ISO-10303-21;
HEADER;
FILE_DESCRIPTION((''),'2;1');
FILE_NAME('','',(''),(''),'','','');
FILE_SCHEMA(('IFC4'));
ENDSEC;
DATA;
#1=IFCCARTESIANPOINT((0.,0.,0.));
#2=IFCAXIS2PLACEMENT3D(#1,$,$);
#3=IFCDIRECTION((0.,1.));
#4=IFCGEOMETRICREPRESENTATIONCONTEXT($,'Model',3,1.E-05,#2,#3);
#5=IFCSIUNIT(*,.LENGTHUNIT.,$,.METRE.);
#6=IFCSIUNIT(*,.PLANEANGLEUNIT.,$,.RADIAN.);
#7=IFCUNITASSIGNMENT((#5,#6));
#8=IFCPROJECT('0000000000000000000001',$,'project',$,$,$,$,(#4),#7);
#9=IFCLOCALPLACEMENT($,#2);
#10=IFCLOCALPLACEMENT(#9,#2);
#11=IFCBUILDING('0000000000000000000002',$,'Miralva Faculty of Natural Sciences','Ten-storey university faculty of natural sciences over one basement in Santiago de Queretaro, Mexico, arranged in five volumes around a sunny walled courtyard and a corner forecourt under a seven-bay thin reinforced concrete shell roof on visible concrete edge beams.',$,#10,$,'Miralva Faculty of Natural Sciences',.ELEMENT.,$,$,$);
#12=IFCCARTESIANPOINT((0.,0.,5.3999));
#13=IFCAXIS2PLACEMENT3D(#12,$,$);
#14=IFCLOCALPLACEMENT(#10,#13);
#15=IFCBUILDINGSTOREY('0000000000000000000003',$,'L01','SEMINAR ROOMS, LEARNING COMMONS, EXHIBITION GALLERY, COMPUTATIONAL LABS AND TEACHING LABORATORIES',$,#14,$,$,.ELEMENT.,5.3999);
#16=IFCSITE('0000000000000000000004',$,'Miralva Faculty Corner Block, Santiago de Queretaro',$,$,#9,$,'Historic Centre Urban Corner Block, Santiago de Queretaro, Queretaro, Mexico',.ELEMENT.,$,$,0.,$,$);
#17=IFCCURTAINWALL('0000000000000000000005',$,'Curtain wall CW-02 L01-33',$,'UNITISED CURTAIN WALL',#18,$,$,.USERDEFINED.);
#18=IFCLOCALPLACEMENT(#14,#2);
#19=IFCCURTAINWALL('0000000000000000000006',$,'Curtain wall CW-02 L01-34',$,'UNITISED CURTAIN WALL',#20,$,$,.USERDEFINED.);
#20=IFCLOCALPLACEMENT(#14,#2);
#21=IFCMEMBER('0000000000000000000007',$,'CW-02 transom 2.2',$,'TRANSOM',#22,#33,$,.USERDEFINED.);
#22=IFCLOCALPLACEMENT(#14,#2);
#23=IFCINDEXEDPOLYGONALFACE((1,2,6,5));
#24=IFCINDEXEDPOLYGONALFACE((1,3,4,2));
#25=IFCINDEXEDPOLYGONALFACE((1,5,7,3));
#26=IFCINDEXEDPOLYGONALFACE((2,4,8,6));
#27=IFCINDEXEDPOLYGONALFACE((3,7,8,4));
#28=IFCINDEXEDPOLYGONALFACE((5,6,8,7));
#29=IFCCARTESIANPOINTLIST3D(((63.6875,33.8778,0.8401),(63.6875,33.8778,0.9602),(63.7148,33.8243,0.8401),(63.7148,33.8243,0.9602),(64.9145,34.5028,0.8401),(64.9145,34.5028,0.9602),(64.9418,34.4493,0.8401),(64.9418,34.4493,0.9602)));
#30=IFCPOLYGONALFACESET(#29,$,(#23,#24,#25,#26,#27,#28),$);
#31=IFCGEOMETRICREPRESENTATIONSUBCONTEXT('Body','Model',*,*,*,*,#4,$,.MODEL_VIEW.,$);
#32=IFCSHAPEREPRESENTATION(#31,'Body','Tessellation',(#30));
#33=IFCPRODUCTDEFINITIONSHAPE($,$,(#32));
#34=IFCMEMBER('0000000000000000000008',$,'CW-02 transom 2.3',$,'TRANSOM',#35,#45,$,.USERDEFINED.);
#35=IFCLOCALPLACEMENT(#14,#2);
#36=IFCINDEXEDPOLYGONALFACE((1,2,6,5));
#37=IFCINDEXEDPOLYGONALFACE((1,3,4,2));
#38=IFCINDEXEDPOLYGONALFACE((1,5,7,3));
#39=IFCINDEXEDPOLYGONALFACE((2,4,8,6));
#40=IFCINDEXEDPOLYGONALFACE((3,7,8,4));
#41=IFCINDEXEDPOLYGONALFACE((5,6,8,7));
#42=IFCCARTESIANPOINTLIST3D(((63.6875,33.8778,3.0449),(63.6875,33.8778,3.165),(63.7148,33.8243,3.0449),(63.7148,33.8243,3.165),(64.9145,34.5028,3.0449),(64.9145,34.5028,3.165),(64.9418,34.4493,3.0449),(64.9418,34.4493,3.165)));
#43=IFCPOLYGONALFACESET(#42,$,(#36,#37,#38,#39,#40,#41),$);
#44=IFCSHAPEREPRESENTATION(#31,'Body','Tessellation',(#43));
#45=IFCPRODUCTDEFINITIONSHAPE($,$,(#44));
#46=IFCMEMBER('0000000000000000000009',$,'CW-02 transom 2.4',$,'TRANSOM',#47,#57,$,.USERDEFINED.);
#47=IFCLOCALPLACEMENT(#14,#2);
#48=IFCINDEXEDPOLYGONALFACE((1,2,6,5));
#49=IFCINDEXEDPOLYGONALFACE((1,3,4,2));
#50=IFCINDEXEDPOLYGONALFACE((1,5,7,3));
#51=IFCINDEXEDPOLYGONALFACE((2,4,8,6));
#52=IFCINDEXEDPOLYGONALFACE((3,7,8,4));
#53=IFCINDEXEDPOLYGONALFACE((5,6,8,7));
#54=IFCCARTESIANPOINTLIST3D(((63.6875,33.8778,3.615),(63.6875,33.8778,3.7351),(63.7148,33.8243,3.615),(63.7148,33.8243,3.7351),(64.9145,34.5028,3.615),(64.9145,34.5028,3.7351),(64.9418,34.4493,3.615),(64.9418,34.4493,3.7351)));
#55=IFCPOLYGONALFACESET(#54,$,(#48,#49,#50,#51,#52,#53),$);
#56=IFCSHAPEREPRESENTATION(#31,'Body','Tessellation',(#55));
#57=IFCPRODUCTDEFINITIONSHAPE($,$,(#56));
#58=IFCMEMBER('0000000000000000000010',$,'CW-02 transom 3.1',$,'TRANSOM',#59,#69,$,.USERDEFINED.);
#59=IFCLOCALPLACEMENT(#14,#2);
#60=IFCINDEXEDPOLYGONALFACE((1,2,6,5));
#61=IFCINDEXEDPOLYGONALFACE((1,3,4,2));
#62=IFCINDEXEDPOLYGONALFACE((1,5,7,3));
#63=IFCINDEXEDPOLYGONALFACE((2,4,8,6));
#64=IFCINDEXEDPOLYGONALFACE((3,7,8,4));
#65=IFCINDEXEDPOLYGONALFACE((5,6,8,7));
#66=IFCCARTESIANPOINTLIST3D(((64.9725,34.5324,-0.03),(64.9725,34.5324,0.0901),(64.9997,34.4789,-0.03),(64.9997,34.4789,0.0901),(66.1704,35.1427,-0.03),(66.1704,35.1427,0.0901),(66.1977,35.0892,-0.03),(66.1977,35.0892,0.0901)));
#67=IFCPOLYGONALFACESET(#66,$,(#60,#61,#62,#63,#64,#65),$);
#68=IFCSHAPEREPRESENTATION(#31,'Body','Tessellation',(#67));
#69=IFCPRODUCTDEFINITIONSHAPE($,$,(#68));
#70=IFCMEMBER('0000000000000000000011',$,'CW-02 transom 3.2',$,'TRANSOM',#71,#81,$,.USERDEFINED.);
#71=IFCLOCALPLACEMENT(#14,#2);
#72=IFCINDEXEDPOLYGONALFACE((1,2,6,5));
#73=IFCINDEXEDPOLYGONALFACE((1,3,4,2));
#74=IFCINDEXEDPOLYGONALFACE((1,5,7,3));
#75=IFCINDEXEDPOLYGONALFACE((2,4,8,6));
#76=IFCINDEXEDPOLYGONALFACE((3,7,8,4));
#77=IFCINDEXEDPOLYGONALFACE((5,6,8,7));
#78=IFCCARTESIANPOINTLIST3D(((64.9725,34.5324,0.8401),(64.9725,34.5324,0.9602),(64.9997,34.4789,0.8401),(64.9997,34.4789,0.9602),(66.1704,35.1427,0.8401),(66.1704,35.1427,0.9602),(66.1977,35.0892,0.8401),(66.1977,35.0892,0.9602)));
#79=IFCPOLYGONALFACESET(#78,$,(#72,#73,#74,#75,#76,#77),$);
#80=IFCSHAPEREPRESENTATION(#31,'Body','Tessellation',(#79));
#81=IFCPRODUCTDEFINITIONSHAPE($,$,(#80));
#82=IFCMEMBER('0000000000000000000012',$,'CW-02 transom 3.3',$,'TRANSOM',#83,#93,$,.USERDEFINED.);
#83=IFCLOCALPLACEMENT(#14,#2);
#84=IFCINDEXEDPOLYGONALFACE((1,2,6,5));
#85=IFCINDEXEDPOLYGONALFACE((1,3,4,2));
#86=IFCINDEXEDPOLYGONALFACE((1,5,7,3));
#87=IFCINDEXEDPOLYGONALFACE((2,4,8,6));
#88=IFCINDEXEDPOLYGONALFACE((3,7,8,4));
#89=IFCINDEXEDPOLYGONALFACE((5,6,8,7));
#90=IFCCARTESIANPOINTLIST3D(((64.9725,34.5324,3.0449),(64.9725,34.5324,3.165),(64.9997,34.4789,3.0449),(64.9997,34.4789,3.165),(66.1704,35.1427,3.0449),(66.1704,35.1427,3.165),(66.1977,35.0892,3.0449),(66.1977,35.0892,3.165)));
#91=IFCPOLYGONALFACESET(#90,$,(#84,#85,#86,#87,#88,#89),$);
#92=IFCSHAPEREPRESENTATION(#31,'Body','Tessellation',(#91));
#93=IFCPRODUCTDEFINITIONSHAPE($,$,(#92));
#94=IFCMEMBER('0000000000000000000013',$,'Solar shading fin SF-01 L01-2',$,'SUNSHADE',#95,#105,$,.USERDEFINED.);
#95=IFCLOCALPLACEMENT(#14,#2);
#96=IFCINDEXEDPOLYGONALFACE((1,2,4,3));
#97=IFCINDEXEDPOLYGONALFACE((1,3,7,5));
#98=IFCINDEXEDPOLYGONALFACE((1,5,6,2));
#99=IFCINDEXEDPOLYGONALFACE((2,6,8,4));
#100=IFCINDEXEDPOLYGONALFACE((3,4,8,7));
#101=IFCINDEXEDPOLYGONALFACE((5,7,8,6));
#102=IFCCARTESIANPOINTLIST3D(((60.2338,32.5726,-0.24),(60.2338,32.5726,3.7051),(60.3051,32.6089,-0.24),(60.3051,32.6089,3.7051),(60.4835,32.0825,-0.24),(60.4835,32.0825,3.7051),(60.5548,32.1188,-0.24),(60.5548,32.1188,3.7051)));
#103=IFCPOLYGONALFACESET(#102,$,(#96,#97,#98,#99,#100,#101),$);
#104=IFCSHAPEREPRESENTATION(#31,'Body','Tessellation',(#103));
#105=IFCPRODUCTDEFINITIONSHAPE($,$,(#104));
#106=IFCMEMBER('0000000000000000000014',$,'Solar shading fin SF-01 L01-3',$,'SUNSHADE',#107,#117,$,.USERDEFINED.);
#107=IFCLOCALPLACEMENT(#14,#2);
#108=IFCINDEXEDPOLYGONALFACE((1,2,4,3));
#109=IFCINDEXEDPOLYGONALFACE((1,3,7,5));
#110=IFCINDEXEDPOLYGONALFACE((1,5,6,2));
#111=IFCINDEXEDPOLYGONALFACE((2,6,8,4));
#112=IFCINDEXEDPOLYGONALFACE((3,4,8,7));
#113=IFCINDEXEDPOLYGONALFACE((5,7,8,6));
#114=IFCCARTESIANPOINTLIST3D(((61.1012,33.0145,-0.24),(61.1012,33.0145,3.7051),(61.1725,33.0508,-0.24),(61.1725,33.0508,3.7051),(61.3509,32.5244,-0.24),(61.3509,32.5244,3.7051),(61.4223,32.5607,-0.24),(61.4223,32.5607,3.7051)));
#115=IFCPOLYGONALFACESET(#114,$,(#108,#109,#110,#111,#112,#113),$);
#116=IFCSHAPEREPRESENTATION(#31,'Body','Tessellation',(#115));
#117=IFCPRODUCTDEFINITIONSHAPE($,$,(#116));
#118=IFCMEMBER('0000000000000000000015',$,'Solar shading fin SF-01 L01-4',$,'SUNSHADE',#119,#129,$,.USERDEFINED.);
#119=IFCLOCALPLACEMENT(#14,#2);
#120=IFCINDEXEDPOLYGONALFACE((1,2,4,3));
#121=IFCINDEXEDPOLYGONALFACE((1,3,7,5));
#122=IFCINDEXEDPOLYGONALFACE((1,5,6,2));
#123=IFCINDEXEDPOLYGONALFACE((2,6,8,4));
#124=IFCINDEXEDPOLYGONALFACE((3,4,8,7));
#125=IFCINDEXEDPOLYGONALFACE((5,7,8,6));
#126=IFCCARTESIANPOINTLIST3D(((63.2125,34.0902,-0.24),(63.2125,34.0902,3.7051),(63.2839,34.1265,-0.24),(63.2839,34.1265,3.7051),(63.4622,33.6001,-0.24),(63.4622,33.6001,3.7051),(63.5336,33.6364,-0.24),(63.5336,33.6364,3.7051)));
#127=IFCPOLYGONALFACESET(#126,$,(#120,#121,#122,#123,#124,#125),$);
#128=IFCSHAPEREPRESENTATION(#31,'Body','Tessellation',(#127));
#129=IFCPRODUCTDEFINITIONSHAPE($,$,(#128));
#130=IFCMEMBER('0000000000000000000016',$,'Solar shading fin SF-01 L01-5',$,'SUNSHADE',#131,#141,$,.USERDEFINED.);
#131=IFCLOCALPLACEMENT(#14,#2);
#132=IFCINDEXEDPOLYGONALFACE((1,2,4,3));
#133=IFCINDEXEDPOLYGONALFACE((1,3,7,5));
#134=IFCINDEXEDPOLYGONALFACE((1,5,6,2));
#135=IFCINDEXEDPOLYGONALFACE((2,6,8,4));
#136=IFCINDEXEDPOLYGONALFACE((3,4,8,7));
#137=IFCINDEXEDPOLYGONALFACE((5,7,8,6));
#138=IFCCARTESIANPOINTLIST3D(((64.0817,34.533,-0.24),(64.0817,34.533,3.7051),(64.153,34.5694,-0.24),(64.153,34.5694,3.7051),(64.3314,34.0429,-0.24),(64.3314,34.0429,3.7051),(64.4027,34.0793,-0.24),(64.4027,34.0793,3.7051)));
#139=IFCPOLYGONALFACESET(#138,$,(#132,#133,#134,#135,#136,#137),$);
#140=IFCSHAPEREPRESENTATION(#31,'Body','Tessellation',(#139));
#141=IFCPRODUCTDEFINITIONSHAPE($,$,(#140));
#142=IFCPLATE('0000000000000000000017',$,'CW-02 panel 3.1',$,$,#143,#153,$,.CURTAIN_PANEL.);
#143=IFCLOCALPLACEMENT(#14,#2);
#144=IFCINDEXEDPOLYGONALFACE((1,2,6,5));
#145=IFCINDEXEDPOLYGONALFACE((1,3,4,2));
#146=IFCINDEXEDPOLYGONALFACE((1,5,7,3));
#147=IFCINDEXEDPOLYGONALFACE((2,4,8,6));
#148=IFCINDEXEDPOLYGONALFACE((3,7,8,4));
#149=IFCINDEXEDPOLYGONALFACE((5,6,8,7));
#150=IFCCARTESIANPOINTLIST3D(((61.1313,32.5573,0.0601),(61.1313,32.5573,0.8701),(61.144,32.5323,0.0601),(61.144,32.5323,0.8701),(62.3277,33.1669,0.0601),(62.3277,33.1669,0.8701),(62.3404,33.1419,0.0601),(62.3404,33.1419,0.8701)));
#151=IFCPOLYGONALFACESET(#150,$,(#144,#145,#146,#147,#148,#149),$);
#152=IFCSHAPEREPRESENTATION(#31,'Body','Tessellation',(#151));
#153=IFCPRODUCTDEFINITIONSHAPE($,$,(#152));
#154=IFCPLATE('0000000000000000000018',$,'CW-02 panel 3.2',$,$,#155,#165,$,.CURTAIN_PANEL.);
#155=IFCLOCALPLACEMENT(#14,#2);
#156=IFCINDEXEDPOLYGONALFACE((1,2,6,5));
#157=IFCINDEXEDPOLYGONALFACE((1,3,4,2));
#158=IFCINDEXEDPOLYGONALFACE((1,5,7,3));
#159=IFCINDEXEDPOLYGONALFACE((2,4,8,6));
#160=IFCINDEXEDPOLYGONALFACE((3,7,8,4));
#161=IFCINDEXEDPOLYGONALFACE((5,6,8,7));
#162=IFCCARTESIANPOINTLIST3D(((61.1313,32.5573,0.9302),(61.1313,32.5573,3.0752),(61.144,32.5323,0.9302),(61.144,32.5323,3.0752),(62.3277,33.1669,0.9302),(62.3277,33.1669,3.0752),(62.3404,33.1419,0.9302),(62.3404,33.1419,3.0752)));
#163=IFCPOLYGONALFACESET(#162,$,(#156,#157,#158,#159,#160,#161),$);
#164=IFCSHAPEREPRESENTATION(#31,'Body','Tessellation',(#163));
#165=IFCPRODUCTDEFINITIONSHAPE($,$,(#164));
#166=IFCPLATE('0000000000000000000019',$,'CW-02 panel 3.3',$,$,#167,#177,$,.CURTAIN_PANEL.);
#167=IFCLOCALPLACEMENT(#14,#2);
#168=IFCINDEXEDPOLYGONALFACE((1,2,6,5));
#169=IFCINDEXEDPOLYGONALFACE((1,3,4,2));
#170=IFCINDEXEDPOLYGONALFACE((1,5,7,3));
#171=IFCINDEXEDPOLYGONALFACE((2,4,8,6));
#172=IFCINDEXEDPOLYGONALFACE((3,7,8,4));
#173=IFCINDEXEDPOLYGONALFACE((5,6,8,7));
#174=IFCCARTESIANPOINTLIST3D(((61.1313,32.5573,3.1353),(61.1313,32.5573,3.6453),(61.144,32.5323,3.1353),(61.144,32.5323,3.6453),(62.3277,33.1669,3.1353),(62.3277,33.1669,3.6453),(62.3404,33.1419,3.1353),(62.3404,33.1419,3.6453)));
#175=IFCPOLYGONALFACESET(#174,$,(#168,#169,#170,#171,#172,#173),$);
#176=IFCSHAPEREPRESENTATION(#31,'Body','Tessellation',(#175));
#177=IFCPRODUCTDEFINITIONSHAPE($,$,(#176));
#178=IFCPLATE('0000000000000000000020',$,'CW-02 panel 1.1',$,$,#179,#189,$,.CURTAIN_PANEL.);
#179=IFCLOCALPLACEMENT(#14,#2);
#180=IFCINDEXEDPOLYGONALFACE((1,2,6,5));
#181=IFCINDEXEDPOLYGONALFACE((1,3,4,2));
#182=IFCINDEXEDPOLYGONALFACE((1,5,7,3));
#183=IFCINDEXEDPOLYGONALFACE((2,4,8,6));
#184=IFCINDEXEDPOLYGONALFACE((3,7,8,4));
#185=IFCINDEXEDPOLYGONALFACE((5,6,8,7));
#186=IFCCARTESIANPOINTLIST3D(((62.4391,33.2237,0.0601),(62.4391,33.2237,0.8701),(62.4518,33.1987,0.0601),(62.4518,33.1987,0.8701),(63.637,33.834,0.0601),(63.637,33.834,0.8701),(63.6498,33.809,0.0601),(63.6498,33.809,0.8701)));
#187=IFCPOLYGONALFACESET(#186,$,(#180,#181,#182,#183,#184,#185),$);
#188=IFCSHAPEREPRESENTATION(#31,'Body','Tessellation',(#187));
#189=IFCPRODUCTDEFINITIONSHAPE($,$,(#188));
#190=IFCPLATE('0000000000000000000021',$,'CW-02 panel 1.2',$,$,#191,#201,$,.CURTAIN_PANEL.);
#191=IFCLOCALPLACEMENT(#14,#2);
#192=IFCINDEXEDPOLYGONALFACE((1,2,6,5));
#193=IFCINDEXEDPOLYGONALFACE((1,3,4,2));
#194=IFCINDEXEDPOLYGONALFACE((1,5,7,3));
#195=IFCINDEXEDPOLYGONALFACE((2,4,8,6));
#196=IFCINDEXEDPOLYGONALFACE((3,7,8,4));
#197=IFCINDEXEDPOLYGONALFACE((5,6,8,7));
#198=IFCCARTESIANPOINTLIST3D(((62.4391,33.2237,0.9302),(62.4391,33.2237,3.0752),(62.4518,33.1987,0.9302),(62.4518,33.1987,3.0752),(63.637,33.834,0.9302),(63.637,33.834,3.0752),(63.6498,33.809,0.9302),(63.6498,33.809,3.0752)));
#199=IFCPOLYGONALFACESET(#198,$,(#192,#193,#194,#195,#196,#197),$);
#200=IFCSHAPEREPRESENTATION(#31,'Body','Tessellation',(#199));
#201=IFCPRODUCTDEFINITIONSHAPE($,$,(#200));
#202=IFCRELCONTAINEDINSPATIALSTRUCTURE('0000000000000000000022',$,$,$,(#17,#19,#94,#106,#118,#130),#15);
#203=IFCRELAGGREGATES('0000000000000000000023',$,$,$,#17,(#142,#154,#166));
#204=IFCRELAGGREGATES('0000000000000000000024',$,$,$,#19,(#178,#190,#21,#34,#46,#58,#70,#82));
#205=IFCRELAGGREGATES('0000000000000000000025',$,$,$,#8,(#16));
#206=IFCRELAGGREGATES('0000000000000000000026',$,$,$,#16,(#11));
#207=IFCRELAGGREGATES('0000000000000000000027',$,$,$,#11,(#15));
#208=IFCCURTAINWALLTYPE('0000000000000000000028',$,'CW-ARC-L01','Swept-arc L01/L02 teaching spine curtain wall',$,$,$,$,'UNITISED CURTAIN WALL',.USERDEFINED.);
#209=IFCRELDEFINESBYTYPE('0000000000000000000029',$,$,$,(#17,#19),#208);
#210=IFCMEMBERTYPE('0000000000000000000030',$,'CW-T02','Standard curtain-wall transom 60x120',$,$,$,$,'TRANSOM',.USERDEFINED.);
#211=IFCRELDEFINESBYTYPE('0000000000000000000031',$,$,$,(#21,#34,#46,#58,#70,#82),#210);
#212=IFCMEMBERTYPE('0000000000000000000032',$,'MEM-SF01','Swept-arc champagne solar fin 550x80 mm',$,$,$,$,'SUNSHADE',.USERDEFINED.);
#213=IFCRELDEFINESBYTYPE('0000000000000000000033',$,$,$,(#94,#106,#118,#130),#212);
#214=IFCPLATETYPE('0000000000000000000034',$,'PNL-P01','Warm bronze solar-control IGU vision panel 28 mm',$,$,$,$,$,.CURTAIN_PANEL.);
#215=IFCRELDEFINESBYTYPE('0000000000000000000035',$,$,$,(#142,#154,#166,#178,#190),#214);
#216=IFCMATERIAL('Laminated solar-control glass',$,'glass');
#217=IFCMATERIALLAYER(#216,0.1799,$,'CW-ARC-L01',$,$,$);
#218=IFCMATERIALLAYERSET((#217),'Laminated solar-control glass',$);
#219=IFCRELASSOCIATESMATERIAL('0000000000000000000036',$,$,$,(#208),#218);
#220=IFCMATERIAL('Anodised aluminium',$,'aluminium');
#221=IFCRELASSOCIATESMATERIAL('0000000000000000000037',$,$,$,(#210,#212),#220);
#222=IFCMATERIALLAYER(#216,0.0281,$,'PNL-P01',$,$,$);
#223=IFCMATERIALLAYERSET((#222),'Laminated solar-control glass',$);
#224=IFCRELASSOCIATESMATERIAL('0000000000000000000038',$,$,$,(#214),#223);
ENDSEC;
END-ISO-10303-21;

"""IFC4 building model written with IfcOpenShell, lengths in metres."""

from ifc_helpers import new_model, si_unit, direction, frame, origin, origin_2d, place, context, subcontext, project, spatial, rectangle, extrude, material, layer, layer_set, material_profile, profile_set, type_object, element, aggregate, save


model = new_model("IFC4")

# Units and contexts
model_context = context("Model", 3, precision=1e-05, world=origin(), true_north=direction((0.0, 1.0)))
body_context = subcontext(model_context, "Body", "Model", "MODEL_VIEW")
ifc_project = project(units=[si_unit("LENGTHUNIT", "METRE"), si_unit("PLANEANGLEUNIT", "RADIAN")], contexts=[model_context])

# Site, building, storey
site_placement = place(None, origin())
site = spatial("IfcSite", under=ifc_project, at=site_placement, Name="Miralva Faculty Corner Block, Santiago de Queretaro", LongName="Historic Centre Urban Corner Block, Santiago de Queretaro, Queretaro, Mexico", CompositionType="ELEMENT", RefElevation=0.0)
building_placement = place(site_placement, origin())
building = spatial("IfcBuilding", under=site, at=building_placement, Name="Miralva Faculty of Natural Sciences", Description="Ten-storey university faculty of natural sciences over one basement in Santiago de Queretaro, Mexico, arranged in five volumes around a sunny walled courtyard and a corner forecourt under a seven-bay thin reinforced concrete shell roof on visible concrete edge beams.", LongName="Miralva Faculty of Natural Sciences", CompositionType="ELEMENT")
storey_placement = place(building_placement, frame((0.0, 0.0, 5.3999)))
storey = spatial("IfcBuildingStorey", under=building, at=storey_placement, Name="L01", Description="SEMINAR ROOMS, LEARNING COMMONS, EXHIBITION GALLERY, COMPUTATIONAL LABS AND TEACHING LABORATORIES", CompositionType="ELEMENT", Elevation=5.3999)

# Curtain walls
ifc_material_1 = material(Name="Laminated solar-control glass", Category="glass")
ifc_layer_1 = layer(ifc_material_1, 0.1799, Name="CW-ARC-L01")
ifc_layer_set_1 = layer_set([ifc_layer_1], Name="Laminated solar-control glass")
curtain_wall_type = type_object("IfcCurtainWallType", Name="CW-ARC-L01", Description="Swept-arc L01/L02 teaching spine curtain wall", ElementType="UNITISED CURTAIN WALL", PredefinedType="USERDEFINED", material=ifc_layer_set_1)
curtain_wall_1_placement = place(storey_placement, origin())
curtain_wall_1 = element("IfcCurtainWall", 1, at=curtain_wall_1_placement, inside=storey, type_object=curtain_wall_type, Name="Curtain wall CW-02 L01-33", ObjectType="UNITISED CURTAIN WALL", PredefinedType="USERDEFINED")
ifc_material_2 = material(Name="Anodised aluminium", Category="aluminium")
curtain_wall_2_placement = place(storey_placement, origin())
curtain_wall_2 = element("IfcCurtainWall", 2, at=curtain_wall_2_placement, inside=storey, type_object=curtain_wall_type, Name="Curtain wall CW-02 L01-34", ObjectType="UNITISED CURTAIN WALL", PredefinedType="USERDEFINED")

# Members
ifc_material_profile_1 = material_profile(ifc_material_2, rectangle(XDim=0.0601, YDim=0.1201, at=origin_2d()), Name="TRANSOM 60x120")
ifc_profile_set_1 = profile_set([ifc_material_profile_1], Name="Anodised aluminium")
member_type_1 = type_object("IfcMemberType", Name="CW-T02", Description="Standard curtain-wall transom 60x120", ElementType="TRANSOM", PredefinedType="USERDEFINED", material=ifc_profile_set_1)
member_1_placement = place(storey_placement, frame((63.7012, 33.8511, 0.9001), z_axis=(0.891069, 0.453867, 0.0), x_axis=(-0.453867, 0.891069, 0.0)))
member_1 = element("IfcMember", 3, at=member_1_placement, type_object=member_type_1, Name="CW-02 transom 2.2", ObjectType="TRANSOM", PredefinedType="USERDEFINED", context=body_context, shape_type="SweptSolid", body=[
    extrude(rectangle(XDim=0.0601, YDim=0.1201, at=origin_2d()), origin(), (0.0, 0.0, 1.0), 1.377),
])
member_2_placement = place(storey_placement, frame((63.7012, 33.8511, 3.105), z_axis=(0.891069, 0.453867, 0.0), x_axis=(-0.453867, 0.891069, 0.0)))
member_2 = element("IfcMember", 4, at=member_2_placement, type_object=member_type_1, Name="CW-02 transom 2.3", ObjectType="TRANSOM", PredefinedType="USERDEFINED", context=body_context, shape_type="SweptSolid", body=[
    extrude(rectangle(XDim=0.0601, YDim=0.1201, at=origin_2d()), origin(), (0.0, 0.0, 1.0), 1.377),
])
member_3_placement = place(storey_placement, frame((63.7012, 33.8511, 3.675), z_axis=(0.891069, 0.453867, 0.0), x_axis=(-0.453867, 0.891069, 0.0)))
member_3 = element("IfcMember", 5, at=member_3_placement, type_object=member_type_1, Name="CW-02 transom 2.4", ObjectType="TRANSOM", PredefinedType="USERDEFINED", context=body_context, shape_type="SweptSolid", body=[
    extrude(rectangle(XDim=0.0601, YDim=0.1201, at=origin_2d()), origin(), (0.0, 0.0, 1.0), 1.377),
])
member_4_placement = place(storey_placement, frame((64.9861, 34.5056, 0.03), z_axis=(0.891024, 0.453956, 0.0), x_axis=(-0.453956, 0.891024, 0.0)))
member_4 = element("IfcMember", 6, at=member_4_placement, type_object=member_type_1, Name="CW-02 transom 3.1", ObjectType="TRANSOM", PredefinedType="USERDEFINED", context=body_context, shape_type="SweptSolid", body=[
    extrude(rectangle(XDim=0.0601, YDim=0.1201, at=origin_2d()), origin(), (0.0, 0.0, 1.0), 1.3445),
])
member_5_placement = place(storey_placement, frame((64.9861, 34.5056, 0.9001), z_axis=(0.891024, 0.453956, 0.0), x_axis=(-0.453956, 0.891024, 0.0)))
member_5 = element("IfcMember", 7, at=member_5_placement, type_object=member_type_1, Name="CW-02 transom 3.2", ObjectType="TRANSOM", PredefinedType="USERDEFINED", context=body_context, shape_type="SweptSolid", body=[
    extrude(rectangle(XDim=0.0601, YDim=0.1201, at=origin_2d()), origin(), (0.0, 0.0, 1.0), 1.3445),
])
member_6_placement = place(storey_placement, frame((64.9861, 34.5056, 3.105), z_axis=(0.891024, 0.453956, 0.0), x_axis=(-0.453956, 0.891024, 0.0)))
member_6 = element("IfcMember", 8, at=member_6_placement, type_object=member_type_1, Name="CW-02 transom 3.3", ObjectType="TRANSOM", PredefinedType="USERDEFINED", context=body_context, shape_type="SweptSolid", body=[
    extrude(rectangle(XDim=0.0601, YDim=0.1201, at=origin_2d()), origin(), (0.0, 0.0, 1.0), 1.3445),
])

# Members
ifc_material_profile_2 = material_profile(ifc_material_2, rectangle(XDim=0.0801, YDim=0.55, at=origin_2d()), Name="FIN 550x80")
ifc_profile_set_2 = profile_set([ifc_material_profile_2], Name="Anodised aluminium")
member_type_2 = type_object("IfcMemberType", Name="MEM-SF01", Description="Swept-arc champagne solar fin 550x80 mm", ElementType="SUNSHADE", PredefinedType="USERDEFINED", material=ifc_profile_set_2)
for number, where, z_axis, x_axis, name in (
    (9, (60.3943, 32.3457, -0.24), (0.0, 0.0, 1.0), (-0.891007, -0.45399, 0.0), "Solar shading fin SF-01 L01-2"),
    (10, (61.2617, 32.7876, -0.24), (0.0, 0.0, 1.0), (-0.891007, -0.45399, 0.0), "Solar shading fin SF-01 L01-3"),
    (11, (63.373, 33.8633, -0.24), (0.0, 0.0, 1.0), (-0.891007, -0.45399, 0.0), "Solar shading fin SF-01 L01-4"),
    (12, (64.2422, 34.3062, -0.24), (0.0, 0.0, 1.0), (-0.891007, -0.45399, 0.0), "Solar shading fin SF-01 L01-5"),
):
    element("IfcMember", number, at=place(storey_placement, frame(where, z_axis=z_axis, x_axis=x_axis)), inside=storey, type_object=member_type_2, Name=name, ObjectType="SUNSHADE", PredefinedType="USERDEFINED", context=body_context, shape_type="SweptSolid", body=[
        extrude(rectangle(XDim=0.0801, YDim=0.55, at=origin_2d()), origin(), (0.0, 0.0, 1.0), 3.9451),
    ])

# Plates
ifc_layer_2 = layer(ifc_material_1, 0.0281, Name="PNL-P01")
ifc_layer_set_2 = layer_set([ifc_layer_2], Name="Laminated solar-control glass")
plate_type = type_object("IfcPlateType", Name="PNL-P01", Description="Warm bronze solar-control IGU vision panel 28 mm", PredefinedType="CURTAIN_PANEL", material=ifc_layer_set_2)
plate_1_placement = place(storey_placement, frame((61.7358, 32.8496, 0.0601), z_axis=(0.0, 0.0, 1.0), x_axis=(0.891004, 0.453995, 0.0)))
plate_1 = element("IfcPlate", 13, at=plate_1_placement, type_object=plate_type, Name="CW-02 panel 3.1", PredefinedType="CURTAIN_PANEL", context=body_context, shape_type="SweptSolid", body=[
    extrude(rectangle(XDim=1.3428, YDim=0.0281, at=origin_2d()), origin(), (0.0, 0.0, 1.0), 0.8101),
])
plate_2_placement = place(storey_placement, frame((61.7358, 32.8496, 0.9302), z_axis=(0.0, 0.0, 1.0), x_axis=(0.891004, 0.453995, 0.0)))
plate_2 = element("IfcPlate", 14, at=plate_2_placement, type_object=plate_type, Name="CW-02 panel 3.2", PredefinedType="CURTAIN_PANEL", context=body_context, shape_type="SweptSolid", body=[
    extrude(rectangle(XDim=1.3428, YDim=0.0281, at=origin_2d()), origin(), (0.0, 0.0, 1.0), 2.145),
])
plate_3_placement = place(storey_placement, frame((61.7358, 32.8496, 3.1353), z_axis=(0.0, 0.0, 1.0), x_axis=(0.891004, 0.453995, 0.0)))
plate_3 = element("IfcPlate", 15, at=plate_3_placement, type_object=plate_type, Name="CW-02 panel 3.3", PredefinedType="CURTAIN_PANEL", context=body_context, shape_type="SweptSolid", body=[
    extrude(rectangle(XDim=1.3428, YDim=0.0281, at=origin_2d()), origin(), (0.0, 0.0, 1.0), 0.51),
])
aggregate(curtain_wall_1, [plate_1, plate_2, plate_3])
plate_4_placement = place(storey_placement, frame((63.0444, 33.5164, 0.0601), z_axis=(0.0, 0.0, 1.0), x_axis=(0.891017, 0.453969, 0.0)))
plate_4 = element("IfcPlate", 16, at=plate_4_placement, type_object=plate_type, Name="CW-02 panel 1.1", PredefinedType="CURTAIN_PANEL", context=body_context, shape_type="SweptSolid", body=[
    extrude(rectangle(XDim=1.3445, YDim=0.0281, at=origin_2d()), origin(), (0.0, 0.0, 1.0), 0.8101),
])
plate_5_placement = place(storey_placement, frame((63.0444, 33.5164, 0.9302), z_axis=(0.0, 0.0, 1.0), x_axis=(0.891017, 0.453969, 0.0)))
plate_5 = element("IfcPlate", 17, at=plate_5_placement, type_object=plate_type, Name="CW-02 panel 1.2", PredefinedType="CURTAIN_PANEL", context=body_context, shape_type="SweptSolid", body=[
    extrude(rectangle(XDim=1.3445, YDim=0.0281, at=origin_2d()), origin(), (0.0, 0.0, 1.0), 2.145),
])
aggregate(curtain_wall_2, [plate_4, plate_5, member_1, member_2, member_3, member_4, member_5, member_6])

save(model, "model.ifc")
